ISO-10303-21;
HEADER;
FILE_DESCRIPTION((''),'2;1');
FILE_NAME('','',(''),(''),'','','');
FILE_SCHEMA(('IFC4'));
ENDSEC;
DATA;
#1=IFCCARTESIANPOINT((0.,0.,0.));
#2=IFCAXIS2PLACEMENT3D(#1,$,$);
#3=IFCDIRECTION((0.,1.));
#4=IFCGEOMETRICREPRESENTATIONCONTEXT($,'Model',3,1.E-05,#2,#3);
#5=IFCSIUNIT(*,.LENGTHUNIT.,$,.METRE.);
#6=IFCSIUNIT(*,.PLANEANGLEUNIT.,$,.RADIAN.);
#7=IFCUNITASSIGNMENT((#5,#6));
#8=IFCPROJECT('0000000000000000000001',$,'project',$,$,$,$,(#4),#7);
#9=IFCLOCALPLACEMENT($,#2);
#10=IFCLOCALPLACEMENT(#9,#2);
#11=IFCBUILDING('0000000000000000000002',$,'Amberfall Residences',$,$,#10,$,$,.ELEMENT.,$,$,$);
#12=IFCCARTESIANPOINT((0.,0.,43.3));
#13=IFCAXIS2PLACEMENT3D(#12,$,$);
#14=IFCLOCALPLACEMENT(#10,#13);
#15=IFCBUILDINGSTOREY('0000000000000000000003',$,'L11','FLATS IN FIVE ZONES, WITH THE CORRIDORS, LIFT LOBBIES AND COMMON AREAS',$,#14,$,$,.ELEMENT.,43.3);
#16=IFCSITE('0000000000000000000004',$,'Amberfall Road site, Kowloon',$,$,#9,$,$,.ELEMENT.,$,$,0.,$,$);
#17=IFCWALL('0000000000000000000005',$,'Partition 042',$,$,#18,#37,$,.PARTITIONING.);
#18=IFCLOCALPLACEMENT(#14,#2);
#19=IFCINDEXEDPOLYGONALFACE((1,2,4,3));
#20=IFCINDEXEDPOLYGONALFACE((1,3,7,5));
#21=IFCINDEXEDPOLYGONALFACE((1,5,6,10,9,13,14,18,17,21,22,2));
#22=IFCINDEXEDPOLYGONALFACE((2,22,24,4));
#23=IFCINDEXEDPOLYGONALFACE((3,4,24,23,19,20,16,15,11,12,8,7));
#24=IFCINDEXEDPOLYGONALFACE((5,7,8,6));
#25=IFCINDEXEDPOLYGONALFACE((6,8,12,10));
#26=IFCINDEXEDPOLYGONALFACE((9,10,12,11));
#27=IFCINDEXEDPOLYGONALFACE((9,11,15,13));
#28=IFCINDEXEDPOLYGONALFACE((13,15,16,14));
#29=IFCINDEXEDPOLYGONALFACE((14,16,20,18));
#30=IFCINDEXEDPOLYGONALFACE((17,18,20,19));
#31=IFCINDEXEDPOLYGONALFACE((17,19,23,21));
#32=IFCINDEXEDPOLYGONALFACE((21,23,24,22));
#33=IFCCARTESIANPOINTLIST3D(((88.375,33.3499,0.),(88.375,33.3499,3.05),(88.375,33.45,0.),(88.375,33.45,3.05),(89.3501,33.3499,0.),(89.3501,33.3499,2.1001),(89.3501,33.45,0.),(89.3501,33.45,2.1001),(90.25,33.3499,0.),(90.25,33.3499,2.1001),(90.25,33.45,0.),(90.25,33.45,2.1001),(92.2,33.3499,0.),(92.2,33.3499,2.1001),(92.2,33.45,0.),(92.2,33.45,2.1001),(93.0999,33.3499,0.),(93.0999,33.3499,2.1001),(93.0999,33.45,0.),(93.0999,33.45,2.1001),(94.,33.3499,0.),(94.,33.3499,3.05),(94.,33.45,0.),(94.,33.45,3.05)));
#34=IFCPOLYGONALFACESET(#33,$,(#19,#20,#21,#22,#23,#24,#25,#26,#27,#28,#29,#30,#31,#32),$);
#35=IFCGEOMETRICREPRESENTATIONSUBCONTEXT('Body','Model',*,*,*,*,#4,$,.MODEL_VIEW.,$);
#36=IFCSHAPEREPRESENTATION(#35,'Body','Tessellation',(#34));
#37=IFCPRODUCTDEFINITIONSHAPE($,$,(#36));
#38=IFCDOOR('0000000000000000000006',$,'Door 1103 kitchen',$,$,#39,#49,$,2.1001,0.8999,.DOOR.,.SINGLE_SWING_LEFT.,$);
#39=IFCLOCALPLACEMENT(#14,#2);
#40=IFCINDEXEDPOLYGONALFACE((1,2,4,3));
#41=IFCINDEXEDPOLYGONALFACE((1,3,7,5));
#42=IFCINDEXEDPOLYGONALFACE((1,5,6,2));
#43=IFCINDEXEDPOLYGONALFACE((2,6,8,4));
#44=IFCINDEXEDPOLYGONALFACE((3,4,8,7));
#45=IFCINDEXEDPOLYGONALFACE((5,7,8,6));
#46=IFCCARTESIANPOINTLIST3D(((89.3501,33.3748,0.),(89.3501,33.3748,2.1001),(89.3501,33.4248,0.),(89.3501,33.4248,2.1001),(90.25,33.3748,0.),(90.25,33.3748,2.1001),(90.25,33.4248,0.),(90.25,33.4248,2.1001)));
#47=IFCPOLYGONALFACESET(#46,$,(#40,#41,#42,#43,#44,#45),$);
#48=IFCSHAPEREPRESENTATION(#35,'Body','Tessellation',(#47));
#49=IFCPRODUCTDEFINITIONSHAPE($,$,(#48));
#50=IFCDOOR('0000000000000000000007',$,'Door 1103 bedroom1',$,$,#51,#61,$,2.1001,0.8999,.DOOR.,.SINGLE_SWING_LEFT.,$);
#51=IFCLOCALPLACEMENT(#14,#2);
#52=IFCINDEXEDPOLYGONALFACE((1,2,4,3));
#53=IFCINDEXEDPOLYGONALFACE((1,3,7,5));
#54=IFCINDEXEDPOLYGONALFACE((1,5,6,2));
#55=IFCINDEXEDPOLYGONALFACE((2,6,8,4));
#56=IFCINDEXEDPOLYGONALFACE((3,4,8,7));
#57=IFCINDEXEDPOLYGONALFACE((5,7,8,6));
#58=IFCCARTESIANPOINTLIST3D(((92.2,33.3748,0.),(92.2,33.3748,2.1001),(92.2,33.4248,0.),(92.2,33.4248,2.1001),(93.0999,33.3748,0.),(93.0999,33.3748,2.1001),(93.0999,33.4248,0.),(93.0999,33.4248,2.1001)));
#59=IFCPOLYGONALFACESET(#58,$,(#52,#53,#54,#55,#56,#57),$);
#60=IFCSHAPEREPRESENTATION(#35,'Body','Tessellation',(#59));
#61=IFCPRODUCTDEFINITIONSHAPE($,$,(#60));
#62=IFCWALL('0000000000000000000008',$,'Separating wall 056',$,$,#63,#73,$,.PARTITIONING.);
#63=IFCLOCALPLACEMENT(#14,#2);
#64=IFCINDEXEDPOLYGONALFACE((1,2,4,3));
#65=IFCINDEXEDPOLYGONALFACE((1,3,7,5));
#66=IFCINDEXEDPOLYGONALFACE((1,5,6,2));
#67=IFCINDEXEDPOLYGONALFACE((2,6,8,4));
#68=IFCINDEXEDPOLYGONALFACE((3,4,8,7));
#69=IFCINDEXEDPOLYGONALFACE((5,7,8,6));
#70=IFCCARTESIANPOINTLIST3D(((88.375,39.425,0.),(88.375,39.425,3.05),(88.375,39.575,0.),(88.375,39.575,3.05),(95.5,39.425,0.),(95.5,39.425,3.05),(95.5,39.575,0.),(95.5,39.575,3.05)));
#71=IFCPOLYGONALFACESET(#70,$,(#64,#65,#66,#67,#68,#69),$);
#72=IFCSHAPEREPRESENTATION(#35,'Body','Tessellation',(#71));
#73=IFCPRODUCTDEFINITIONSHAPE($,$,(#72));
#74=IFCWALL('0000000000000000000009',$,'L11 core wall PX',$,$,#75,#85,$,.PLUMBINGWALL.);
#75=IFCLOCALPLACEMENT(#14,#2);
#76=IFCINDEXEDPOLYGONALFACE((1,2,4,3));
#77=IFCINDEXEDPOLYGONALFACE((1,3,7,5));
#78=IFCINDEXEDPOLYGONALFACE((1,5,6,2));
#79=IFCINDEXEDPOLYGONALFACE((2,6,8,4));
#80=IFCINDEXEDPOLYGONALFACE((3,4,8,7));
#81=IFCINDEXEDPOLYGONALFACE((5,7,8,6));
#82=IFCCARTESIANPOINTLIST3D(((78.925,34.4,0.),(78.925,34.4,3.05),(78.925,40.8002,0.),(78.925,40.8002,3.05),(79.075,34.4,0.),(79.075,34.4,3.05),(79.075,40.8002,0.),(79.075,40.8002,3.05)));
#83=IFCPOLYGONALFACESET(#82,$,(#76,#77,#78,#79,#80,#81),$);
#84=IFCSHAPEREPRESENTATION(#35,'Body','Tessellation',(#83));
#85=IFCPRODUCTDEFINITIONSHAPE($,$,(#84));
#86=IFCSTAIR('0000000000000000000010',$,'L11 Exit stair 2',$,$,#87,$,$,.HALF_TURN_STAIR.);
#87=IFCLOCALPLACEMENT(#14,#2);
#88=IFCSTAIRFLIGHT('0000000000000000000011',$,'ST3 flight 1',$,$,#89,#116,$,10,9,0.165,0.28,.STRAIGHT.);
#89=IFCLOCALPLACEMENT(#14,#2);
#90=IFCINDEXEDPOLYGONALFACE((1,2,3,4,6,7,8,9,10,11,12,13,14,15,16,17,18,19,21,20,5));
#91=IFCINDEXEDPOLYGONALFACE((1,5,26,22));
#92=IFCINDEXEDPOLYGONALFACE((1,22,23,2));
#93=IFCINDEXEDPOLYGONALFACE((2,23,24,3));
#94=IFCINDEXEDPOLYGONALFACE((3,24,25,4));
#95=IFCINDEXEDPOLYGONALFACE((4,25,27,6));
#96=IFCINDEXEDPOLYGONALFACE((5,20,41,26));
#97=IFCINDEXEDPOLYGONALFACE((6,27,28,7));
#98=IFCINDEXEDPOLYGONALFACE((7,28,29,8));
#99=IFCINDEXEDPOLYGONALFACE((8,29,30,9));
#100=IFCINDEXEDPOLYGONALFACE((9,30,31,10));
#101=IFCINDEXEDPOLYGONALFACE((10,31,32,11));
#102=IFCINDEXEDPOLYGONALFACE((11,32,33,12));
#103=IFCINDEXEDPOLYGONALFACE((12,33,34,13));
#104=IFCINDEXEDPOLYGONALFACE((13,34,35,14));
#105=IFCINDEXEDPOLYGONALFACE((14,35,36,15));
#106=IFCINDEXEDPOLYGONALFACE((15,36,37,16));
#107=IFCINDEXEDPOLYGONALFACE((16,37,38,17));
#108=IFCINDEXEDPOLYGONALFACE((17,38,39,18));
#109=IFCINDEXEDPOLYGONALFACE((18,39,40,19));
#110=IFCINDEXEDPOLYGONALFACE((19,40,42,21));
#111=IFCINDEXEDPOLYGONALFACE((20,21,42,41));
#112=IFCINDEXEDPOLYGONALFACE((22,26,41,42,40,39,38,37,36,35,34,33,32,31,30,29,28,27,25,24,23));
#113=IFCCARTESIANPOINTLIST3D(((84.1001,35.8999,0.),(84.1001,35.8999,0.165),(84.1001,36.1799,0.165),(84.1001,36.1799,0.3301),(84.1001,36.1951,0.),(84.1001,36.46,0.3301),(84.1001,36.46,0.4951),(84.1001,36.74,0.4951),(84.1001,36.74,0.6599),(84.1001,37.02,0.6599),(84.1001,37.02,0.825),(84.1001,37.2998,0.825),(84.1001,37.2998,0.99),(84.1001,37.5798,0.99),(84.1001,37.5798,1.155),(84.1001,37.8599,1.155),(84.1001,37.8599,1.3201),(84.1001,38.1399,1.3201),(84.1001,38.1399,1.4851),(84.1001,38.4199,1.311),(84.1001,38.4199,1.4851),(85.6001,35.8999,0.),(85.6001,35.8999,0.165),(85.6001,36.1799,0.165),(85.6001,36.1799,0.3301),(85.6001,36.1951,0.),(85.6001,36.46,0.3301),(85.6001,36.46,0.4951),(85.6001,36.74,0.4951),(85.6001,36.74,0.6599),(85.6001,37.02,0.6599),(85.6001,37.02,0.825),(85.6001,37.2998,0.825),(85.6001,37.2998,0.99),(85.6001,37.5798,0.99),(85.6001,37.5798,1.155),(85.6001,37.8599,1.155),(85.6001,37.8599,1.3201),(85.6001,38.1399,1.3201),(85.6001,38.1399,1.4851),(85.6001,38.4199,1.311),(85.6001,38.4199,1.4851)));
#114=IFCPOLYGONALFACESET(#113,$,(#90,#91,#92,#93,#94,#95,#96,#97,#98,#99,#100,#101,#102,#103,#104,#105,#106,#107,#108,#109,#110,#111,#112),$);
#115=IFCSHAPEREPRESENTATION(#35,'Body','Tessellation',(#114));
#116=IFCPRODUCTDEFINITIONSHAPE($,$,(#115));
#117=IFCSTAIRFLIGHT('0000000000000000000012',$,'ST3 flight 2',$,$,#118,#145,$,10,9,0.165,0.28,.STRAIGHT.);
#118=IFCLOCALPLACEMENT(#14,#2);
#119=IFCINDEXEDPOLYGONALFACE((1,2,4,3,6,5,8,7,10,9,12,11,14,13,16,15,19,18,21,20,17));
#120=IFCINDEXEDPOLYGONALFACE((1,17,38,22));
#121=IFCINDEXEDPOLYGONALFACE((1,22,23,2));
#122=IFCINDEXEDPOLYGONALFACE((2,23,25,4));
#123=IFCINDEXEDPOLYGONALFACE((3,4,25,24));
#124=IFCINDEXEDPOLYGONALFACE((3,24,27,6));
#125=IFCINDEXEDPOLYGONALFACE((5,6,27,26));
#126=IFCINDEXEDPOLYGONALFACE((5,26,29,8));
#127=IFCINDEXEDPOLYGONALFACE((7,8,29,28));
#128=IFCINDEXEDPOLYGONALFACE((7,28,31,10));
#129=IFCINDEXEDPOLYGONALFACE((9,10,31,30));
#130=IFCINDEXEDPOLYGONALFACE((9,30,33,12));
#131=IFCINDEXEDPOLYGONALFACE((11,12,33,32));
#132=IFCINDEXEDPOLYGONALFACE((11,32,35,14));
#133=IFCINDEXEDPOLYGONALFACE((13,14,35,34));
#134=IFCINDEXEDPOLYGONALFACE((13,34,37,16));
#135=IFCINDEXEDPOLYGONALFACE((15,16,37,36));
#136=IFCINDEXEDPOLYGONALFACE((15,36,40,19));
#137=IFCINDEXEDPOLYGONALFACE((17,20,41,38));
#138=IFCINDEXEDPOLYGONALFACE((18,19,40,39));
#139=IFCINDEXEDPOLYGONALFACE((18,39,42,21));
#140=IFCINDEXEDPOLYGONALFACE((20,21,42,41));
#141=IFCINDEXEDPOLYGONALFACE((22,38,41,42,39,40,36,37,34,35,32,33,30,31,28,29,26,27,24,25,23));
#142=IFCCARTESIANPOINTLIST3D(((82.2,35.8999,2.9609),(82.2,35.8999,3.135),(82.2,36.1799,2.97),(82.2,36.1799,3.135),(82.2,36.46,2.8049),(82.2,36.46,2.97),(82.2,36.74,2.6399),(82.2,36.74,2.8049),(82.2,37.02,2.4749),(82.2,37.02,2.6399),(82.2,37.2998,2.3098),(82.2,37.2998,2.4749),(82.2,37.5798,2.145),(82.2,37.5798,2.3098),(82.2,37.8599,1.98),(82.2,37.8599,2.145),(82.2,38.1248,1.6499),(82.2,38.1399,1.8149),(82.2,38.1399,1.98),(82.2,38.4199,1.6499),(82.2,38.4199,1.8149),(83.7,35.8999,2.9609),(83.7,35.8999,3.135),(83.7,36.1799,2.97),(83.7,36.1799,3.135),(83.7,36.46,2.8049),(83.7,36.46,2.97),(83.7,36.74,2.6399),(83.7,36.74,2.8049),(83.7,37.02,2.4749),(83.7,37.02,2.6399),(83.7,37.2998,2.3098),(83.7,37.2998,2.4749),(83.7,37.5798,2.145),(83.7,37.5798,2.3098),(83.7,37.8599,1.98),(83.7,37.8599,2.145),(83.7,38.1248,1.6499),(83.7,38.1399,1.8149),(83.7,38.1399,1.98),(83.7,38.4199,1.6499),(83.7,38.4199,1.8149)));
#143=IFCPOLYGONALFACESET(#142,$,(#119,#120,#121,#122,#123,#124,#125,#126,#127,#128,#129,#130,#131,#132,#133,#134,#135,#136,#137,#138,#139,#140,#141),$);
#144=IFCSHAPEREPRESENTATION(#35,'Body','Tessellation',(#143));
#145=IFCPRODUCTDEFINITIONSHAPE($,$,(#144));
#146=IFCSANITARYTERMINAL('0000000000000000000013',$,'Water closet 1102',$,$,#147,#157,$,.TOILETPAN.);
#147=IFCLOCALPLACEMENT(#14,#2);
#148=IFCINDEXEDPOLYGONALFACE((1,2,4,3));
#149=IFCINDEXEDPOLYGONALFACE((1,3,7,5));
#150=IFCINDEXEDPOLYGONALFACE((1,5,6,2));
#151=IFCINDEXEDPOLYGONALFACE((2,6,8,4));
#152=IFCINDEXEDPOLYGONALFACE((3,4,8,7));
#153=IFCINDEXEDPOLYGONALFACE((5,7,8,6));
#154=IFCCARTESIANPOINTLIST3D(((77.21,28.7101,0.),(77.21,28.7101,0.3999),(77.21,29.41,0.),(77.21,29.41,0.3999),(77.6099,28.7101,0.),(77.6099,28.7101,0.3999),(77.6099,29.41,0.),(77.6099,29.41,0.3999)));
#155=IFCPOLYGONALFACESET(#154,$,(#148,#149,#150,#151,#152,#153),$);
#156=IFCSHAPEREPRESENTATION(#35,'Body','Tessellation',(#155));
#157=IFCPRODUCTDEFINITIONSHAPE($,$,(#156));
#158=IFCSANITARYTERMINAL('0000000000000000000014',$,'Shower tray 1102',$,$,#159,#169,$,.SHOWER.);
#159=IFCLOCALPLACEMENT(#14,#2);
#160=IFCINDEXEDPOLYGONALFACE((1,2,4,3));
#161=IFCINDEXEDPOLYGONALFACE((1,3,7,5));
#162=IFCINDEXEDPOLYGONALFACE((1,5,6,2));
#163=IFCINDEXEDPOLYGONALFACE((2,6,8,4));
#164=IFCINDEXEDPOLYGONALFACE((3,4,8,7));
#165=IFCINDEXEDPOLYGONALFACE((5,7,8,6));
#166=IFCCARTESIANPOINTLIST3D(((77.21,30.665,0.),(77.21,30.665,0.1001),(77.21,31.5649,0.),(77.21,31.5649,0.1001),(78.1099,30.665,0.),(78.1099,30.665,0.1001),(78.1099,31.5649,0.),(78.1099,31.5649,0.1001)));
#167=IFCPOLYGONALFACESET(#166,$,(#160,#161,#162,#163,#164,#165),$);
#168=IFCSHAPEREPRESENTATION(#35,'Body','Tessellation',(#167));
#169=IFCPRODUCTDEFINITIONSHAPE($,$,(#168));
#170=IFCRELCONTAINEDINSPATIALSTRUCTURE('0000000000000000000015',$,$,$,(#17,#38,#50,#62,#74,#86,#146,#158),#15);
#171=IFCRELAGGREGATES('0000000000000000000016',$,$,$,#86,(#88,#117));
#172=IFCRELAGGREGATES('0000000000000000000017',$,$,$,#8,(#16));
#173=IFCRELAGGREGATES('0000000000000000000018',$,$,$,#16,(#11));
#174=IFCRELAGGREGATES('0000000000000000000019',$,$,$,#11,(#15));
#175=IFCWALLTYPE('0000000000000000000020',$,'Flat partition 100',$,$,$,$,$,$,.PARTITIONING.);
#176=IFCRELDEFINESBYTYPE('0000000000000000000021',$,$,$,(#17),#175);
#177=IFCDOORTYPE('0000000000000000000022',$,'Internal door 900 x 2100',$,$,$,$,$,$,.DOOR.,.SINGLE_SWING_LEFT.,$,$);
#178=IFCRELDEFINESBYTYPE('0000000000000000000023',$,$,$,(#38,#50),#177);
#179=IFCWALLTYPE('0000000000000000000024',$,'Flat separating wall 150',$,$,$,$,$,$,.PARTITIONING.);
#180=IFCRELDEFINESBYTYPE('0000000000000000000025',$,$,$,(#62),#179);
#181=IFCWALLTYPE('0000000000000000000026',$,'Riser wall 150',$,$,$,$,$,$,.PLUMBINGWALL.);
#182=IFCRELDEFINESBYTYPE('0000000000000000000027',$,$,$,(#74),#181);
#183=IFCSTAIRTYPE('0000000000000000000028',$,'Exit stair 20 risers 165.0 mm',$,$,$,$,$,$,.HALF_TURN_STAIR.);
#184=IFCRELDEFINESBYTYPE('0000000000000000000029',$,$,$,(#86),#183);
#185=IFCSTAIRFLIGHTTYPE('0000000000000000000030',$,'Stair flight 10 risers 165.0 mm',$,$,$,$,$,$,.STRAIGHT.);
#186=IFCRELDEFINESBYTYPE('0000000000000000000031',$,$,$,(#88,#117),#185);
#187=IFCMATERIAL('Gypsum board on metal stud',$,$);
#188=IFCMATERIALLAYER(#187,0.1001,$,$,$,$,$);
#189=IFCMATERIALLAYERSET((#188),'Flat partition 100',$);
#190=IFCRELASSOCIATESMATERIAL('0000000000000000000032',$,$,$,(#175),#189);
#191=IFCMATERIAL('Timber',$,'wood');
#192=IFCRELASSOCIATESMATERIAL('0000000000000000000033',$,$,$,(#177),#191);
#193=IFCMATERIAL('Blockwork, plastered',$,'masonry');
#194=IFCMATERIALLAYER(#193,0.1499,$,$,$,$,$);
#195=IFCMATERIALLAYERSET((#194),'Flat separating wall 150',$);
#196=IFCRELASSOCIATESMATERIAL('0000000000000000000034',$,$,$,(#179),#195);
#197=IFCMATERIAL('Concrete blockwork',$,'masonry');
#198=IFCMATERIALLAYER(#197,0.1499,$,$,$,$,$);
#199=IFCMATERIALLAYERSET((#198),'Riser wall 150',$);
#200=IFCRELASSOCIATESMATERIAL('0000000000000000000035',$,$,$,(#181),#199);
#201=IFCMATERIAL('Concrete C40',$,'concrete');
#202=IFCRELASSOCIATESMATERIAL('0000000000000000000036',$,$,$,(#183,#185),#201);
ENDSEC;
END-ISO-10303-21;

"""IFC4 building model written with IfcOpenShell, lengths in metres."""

from ifc_helpers import new_model, si_unit, direction, frame, frame_2d, origin, origin_2d, place, context, subcontext, project, spatial, polyline, rectangle, outline, extrude, material, layer, layer_set, type_object, element, fill, aggregate, save


model = new_model("IFC4")

# Units and contexts
model_context = context("Model", 3, precision=1e-05, world=origin(), true_north=direction((0.0, 1.0)))
body_context = subcontext(model_context, "Body", "Model", "MODEL_VIEW")
ifc_project = project(units=[si_unit("LENGTHUNIT", "METRE"), si_unit("PLANEANGLEUNIT", "RADIAN")], contexts=[model_context])

# Site, building, storey
site_placement = place(None, origin())
site = spatial("IfcSite", under=ifc_project, at=site_placement, Name="Amberfall Road site, Kowloon", CompositionType="ELEMENT", RefElevation=0.0)
building_placement = place(site_placement, origin())
building = spatial("IfcBuilding", under=site, at=building_placement, Name="Amberfall Residences", CompositionType="ELEMENT")
storey_placement = place(building_placement, frame((0.0, 0.0, 43.3)))
storey = spatial("IfcBuildingStorey", under=building, at=storey_placement, Name="L11", Description="FLATS IN FIVE ZONES, WITH THE CORRIDORS, LIFT LOBBIES AND COMMON AREAS", CompositionType="ELEMENT", Elevation=43.3)

# Shared definitions
ifc_material_1 = material(Name="Gypsum board on metal stud")
ifc_layer_1 = layer(ifc_material_1, 0.1001)
ifc_layer_set_1 = layer_set([ifc_layer_1], Name="Flat partition 100")
wall_type_1 = type_object("IfcWallType", Name="Flat partition 100", PredefinedType="PARTITIONING", material=ifc_layer_set_1)
ifc_material_2 = material(Name="Timber", Category="wood")
door_type_1 = type_object("IfcDoorType", Name="Internal door 900 x 2100", OperationType="SINGLE_SWING_LEFT", PredefinedType="DOOR", material=ifc_material_2)

# Wall, openings, doors
wall_1_placement = place(storey_placement, frame((88.375, 33.3999, 0.0), z_axis=(0.0, 0.0, 1.0), x_axis=(1.0, 0.0, 0.0)))
wall_1 = element("IfcWall", 1, at=wall_1_placement, inside=storey, type_object=wall_type_1, Name="Partition 042", PredefinedType="PARTITIONING", context=body_context, shape_type="SweptSolid", body=[
    extrude(rectangle(XDim=5.625, YDim=0.1001, at=frame_2d((2.8125, 0.0))), origin(), (0.0, 0.0, 1.0), 3.05),
])
opening_1_placement = place(wall_1_placement, frame((0.9751, 0.0, 0.0)))
opening_1 = element("IfcOpeningElement", 2, at=opening_1_placement, cuts=wall_1, PredefinedType="OPENING", context=body_context, shape_type="SweptSolid", body=[
    extrude(rectangle(XDim=0.8999, YDim=2.1001, at=frame_2d((0.45, 1.05))), frame((0.0, 0.0601, 0.0), z_axis=(0.0, -1.0, 0.0), x_axis=(1.0, 0.0, 0.0)), (0.0, 0.0, 1.0), 0.1201),
])
opening_2_placement = place(wall_1_placement, frame((3.825, 0.0, 0.0)))
opening_2 = element("IfcOpeningElement", 3, at=opening_2_placement, cuts=wall_1, PredefinedType="OPENING", context=body_context, shape_type="SweptSolid", body=[
    extrude(rectangle(XDim=0.8999, YDim=2.1001, at=frame_2d((0.45, 1.05))), frame((0.0, 0.0601, 0.0), z_axis=(0.0, -1.0, 0.0), x_axis=(1.0, 0.0, 0.0)), (0.0, 0.0, 1.0), 0.1201),
])
door_1_placement = place(opening_1_placement, origin())
door_1 = element("IfcDoor", 4, at=door_1_placement, inside=storey, type_object=door_type_1, Name="Door 1103 kitchen", OperationType="SINGLE_SWING_LEFT", OverallHeight=2.1001, OverallWidth=0.8999, PredefinedType="DOOR", context=body_context, shape_type="SweptSolid", body=[
    extrude(rectangle(XDim=0.8999, YDim=2.1001, at=frame_2d((0.45, 1.05))), frame((0.0, 0.0249, 0.0), z_axis=(0.0, -1.0, 0.0), x_axis=(1.0, 0.0, 0.0)), (0.0, 0.0, 1.0), 0.05),
])
fill(opening_1, door_1)
door_2_placement = place(opening_2_placement, origin())
door_2 = element("IfcDoor", 5, at=door_2_placement, inside=storey, type_object=door_type_1, Name="Door 1103 bedroom1", OperationType="SINGLE_SWING_LEFT", OverallHeight=2.1001, OverallWidth=0.8999, PredefinedType="DOOR", context=body_context, shape_type="SweptSolid", body=[
    extrude(rectangle(XDim=0.8999, YDim=2.1001, at=frame_2d((0.45, 1.05))), frame((0.0, 0.0249, 0.0), z_axis=(0.0, -1.0, 0.0), x_axis=(1.0, 0.0, 0.0)), (0.0, 0.0, 1.0), 0.05),
])
fill(opening_2, door_2)

# Walls
ifc_material_3 = material(Name="Blockwork, plastered", Category="masonry")
ifc_layer_2 = layer(ifc_material_3, 0.1499)
ifc_layer_set_2 = layer_set([ifc_layer_2], Name="Flat separating wall 150")
wall_type_2 = type_object("IfcWallType", Name="Flat separating wall 150", PredefinedType="PARTITIONING", material=ifc_layer_set_2)
wall_2_placement = place(storey_placement, frame((88.375, 39.5, 0.0), z_axis=(0.0, 0.0, 1.0), x_axis=(1.0, 0.0, 0.0)))
element("IfcWall", 6, at=wall_2_placement, inside=storey, type_object=wall_type_2, Name="Separating wall 056", PredefinedType="PARTITIONING", context=body_context, shape_type="SweptSolid", body=[
    extrude(rectangle(XDim=7.125, YDim=0.1499, at=frame_2d((3.5625, 0.0))), origin(), (0.0, 0.0, 1.0), 3.05),
])
ifc_material_4 = material(Name="Concrete blockwork", Category="masonry")
ifc_layer_3 = layer(ifc_material_4, 0.1499)
ifc_layer_set_3 = layer_set([ifc_layer_3], Name="Riser wall 150")
wall_type_3 = type_object("IfcWallType", Name="Riser wall 150", PredefinedType="PLUMBINGWALL", material=ifc_layer_set_3)
wall_3_placement = place(storey_placement, frame((79.0, 34.3999, 0.0), z_axis=(0.0, 0.0, 1.0), x_axis=(0.0, 1.0, 0.0)))
element("IfcWall", 7, at=wall_3_placement, inside=storey, type_object=wall_type_3, Name="L11 core wall PX", PredefinedType="PLUMBINGWALL", context=body_context, shape_type="SweptSolid", body=[
    extrude(rectangle(XDim=6.4001, YDim=0.1499, at=frame_2d((3.2002, 0.0))), origin(), (0.0, 0.0, 1.0), 3.05),
])

# Stair, stair flights
ifc_material_5 = material(Name="Concrete C40", Category="concrete")
stair_type = type_object("IfcStairType", Name="Exit stair 20 risers 165.0 mm", PredefinedType="HALF_TURN_STAIR", material=ifc_material_5)
stair_placement = place(storey_placement, origin())
stair = element("IfcStair", 8, at=stair_placement, inside=storey, type_object=stair_type, Name="L11 Exit stair 2", PredefinedType="HALF_TURN_STAIR")
stair_flight_type = type_object("IfcStairFlightType", Name="Stair flight 10 risers 165.0 mm", PredefinedType="STRAIGHT", material=ifc_material_5)
stair_flight_1_placement = place(storey_placement, frame((84.8501, 35.8999, 0.0), z_axis=(0.0, 0.0, 1.0), x_axis=(0.0, 1.0, 0.0)))
stair_flight_1 = element("IfcStairFlight", 9, at=stair_flight_1_placement, type_object=stair_flight_type, Name="ST3 flight 1", NumberOfRisers=10, NumberOfTreads=9, PredefinedType="STRAIGHT", RiserHeight=0.165, TreadLength=0.28, context=body_context, shape_type="SweptSolid", body=[
    extrude(outline(polyline([(0.0, 0.0), (0.0, 0.165), (0.28, 0.165), (0.28, 0.3301), (0.5601, 0.3301), (0.5601, 0.4951), (0.8401, 0.4951), (0.8401, 0.6599), (1.1201, 0.6599), (1.1201, 0.825), (1.3999, 0.825), (1.3999, 0.99), (1.6799, 0.99), (1.6799, 1.155), (1.96, 1.155), (1.96, 1.3201), (2.24, 1.3201), (2.24, 1.4851), (2.52, 1.4851), (2.52, 1.6499), (2.52, 1.311), (0.2952, 0.0), (0.0, 0.0)])), frame((0.0, 0.75, 0.0), z_axis=(0.0, -1.0, 0.0), x_axis=(1.0, 0.0, 0.0)), (0.0, 0.0, 1.0), 1.5),
])
stair_flight_2_placement = place(storey_placement, frame((82.95, 38.4199, 1.6499), z_axis=(0.0, 0.0, 1.0), x_axis=(0.0, -1.0, 0.0)))
stair_flight_2 = element("IfcStairFlight", 10, at=stair_flight_2_placement, type_object=stair_flight_type, Name="ST3 flight 2", NumberOfRisers=10, NumberOfTreads=9, PredefinedType="STRAIGHT", RiserHeight=0.165, TreadLength=0.28, context=body_context, shape_type="SweptSolid", body=[
    extrude(outline(polyline([(0.0, 0.0), (0.0, 0.165), (0.28, 0.165), (0.28, 0.3301), (0.5601, 0.3301), (0.5601, 0.4951), (0.8401, 0.4951), (0.8401, 0.6599), (1.1201, 0.6599), (1.1201, 0.825), (1.3999, 0.825), (1.3999, 0.99), (1.6799, 0.99), (1.6799, 1.155), (1.96, 1.155), (1.96, 1.3201), (2.24, 1.3201), (2.24, 1.4851), (2.52, 1.4851), (2.52, 1.6499), (2.52, 1.311), (0.2952, 0.0), (0.0, 0.0)])), frame((0.0, 0.75, 0.0), z_axis=(0.0, -1.0, 0.0), x_axis=(1.0, 0.0, 0.0)), (0.0, 0.0, 1.0), 1.5),
])
aggregate(stair, [stair_flight_1, stair_flight_2])

# Sanitary terminals
sanitary_terminal_1_placement = place(storey_placement, frame((77.4099, 29.0601, 0.0), z_axis=(0.0, 0.0, 1.0), x_axis=(1.0, 0.0, 0.0)))
element("IfcSanitaryTerminal", 11, at=sanitary_terminal_1_placement, inside=storey, Name="Water closet 1102", PredefinedType="TOILETPAN", context=body_context, shape_type="SweptSolid", body=[
    extrude(rectangle(XDim=0.3999, YDim=0.7, at=origin_2d()), origin(), (0.0, 0.0, 1.0), 0.3999),
])
sanitary_terminal_2_placement = place(storey_placement, frame((77.6599, 31.115, 0.0), z_axis=(0.0, 0.0, 1.0), x_axis=(1.0, 0.0, 0.0)))
element("IfcSanitaryTerminal", 12, at=sanitary_terminal_2_placement, inside=storey, Name="Shower tray 1102", PredefinedType="SHOWER", context=body_context, shape_type="SweptSolid", body=[
    extrude(rectangle(XDim=0.8999, YDim=0.8999, at=origin_2d()), origin(), (0.0, 0.0, 1.0), 0.1001),
])

save(model, "model.ifc")
